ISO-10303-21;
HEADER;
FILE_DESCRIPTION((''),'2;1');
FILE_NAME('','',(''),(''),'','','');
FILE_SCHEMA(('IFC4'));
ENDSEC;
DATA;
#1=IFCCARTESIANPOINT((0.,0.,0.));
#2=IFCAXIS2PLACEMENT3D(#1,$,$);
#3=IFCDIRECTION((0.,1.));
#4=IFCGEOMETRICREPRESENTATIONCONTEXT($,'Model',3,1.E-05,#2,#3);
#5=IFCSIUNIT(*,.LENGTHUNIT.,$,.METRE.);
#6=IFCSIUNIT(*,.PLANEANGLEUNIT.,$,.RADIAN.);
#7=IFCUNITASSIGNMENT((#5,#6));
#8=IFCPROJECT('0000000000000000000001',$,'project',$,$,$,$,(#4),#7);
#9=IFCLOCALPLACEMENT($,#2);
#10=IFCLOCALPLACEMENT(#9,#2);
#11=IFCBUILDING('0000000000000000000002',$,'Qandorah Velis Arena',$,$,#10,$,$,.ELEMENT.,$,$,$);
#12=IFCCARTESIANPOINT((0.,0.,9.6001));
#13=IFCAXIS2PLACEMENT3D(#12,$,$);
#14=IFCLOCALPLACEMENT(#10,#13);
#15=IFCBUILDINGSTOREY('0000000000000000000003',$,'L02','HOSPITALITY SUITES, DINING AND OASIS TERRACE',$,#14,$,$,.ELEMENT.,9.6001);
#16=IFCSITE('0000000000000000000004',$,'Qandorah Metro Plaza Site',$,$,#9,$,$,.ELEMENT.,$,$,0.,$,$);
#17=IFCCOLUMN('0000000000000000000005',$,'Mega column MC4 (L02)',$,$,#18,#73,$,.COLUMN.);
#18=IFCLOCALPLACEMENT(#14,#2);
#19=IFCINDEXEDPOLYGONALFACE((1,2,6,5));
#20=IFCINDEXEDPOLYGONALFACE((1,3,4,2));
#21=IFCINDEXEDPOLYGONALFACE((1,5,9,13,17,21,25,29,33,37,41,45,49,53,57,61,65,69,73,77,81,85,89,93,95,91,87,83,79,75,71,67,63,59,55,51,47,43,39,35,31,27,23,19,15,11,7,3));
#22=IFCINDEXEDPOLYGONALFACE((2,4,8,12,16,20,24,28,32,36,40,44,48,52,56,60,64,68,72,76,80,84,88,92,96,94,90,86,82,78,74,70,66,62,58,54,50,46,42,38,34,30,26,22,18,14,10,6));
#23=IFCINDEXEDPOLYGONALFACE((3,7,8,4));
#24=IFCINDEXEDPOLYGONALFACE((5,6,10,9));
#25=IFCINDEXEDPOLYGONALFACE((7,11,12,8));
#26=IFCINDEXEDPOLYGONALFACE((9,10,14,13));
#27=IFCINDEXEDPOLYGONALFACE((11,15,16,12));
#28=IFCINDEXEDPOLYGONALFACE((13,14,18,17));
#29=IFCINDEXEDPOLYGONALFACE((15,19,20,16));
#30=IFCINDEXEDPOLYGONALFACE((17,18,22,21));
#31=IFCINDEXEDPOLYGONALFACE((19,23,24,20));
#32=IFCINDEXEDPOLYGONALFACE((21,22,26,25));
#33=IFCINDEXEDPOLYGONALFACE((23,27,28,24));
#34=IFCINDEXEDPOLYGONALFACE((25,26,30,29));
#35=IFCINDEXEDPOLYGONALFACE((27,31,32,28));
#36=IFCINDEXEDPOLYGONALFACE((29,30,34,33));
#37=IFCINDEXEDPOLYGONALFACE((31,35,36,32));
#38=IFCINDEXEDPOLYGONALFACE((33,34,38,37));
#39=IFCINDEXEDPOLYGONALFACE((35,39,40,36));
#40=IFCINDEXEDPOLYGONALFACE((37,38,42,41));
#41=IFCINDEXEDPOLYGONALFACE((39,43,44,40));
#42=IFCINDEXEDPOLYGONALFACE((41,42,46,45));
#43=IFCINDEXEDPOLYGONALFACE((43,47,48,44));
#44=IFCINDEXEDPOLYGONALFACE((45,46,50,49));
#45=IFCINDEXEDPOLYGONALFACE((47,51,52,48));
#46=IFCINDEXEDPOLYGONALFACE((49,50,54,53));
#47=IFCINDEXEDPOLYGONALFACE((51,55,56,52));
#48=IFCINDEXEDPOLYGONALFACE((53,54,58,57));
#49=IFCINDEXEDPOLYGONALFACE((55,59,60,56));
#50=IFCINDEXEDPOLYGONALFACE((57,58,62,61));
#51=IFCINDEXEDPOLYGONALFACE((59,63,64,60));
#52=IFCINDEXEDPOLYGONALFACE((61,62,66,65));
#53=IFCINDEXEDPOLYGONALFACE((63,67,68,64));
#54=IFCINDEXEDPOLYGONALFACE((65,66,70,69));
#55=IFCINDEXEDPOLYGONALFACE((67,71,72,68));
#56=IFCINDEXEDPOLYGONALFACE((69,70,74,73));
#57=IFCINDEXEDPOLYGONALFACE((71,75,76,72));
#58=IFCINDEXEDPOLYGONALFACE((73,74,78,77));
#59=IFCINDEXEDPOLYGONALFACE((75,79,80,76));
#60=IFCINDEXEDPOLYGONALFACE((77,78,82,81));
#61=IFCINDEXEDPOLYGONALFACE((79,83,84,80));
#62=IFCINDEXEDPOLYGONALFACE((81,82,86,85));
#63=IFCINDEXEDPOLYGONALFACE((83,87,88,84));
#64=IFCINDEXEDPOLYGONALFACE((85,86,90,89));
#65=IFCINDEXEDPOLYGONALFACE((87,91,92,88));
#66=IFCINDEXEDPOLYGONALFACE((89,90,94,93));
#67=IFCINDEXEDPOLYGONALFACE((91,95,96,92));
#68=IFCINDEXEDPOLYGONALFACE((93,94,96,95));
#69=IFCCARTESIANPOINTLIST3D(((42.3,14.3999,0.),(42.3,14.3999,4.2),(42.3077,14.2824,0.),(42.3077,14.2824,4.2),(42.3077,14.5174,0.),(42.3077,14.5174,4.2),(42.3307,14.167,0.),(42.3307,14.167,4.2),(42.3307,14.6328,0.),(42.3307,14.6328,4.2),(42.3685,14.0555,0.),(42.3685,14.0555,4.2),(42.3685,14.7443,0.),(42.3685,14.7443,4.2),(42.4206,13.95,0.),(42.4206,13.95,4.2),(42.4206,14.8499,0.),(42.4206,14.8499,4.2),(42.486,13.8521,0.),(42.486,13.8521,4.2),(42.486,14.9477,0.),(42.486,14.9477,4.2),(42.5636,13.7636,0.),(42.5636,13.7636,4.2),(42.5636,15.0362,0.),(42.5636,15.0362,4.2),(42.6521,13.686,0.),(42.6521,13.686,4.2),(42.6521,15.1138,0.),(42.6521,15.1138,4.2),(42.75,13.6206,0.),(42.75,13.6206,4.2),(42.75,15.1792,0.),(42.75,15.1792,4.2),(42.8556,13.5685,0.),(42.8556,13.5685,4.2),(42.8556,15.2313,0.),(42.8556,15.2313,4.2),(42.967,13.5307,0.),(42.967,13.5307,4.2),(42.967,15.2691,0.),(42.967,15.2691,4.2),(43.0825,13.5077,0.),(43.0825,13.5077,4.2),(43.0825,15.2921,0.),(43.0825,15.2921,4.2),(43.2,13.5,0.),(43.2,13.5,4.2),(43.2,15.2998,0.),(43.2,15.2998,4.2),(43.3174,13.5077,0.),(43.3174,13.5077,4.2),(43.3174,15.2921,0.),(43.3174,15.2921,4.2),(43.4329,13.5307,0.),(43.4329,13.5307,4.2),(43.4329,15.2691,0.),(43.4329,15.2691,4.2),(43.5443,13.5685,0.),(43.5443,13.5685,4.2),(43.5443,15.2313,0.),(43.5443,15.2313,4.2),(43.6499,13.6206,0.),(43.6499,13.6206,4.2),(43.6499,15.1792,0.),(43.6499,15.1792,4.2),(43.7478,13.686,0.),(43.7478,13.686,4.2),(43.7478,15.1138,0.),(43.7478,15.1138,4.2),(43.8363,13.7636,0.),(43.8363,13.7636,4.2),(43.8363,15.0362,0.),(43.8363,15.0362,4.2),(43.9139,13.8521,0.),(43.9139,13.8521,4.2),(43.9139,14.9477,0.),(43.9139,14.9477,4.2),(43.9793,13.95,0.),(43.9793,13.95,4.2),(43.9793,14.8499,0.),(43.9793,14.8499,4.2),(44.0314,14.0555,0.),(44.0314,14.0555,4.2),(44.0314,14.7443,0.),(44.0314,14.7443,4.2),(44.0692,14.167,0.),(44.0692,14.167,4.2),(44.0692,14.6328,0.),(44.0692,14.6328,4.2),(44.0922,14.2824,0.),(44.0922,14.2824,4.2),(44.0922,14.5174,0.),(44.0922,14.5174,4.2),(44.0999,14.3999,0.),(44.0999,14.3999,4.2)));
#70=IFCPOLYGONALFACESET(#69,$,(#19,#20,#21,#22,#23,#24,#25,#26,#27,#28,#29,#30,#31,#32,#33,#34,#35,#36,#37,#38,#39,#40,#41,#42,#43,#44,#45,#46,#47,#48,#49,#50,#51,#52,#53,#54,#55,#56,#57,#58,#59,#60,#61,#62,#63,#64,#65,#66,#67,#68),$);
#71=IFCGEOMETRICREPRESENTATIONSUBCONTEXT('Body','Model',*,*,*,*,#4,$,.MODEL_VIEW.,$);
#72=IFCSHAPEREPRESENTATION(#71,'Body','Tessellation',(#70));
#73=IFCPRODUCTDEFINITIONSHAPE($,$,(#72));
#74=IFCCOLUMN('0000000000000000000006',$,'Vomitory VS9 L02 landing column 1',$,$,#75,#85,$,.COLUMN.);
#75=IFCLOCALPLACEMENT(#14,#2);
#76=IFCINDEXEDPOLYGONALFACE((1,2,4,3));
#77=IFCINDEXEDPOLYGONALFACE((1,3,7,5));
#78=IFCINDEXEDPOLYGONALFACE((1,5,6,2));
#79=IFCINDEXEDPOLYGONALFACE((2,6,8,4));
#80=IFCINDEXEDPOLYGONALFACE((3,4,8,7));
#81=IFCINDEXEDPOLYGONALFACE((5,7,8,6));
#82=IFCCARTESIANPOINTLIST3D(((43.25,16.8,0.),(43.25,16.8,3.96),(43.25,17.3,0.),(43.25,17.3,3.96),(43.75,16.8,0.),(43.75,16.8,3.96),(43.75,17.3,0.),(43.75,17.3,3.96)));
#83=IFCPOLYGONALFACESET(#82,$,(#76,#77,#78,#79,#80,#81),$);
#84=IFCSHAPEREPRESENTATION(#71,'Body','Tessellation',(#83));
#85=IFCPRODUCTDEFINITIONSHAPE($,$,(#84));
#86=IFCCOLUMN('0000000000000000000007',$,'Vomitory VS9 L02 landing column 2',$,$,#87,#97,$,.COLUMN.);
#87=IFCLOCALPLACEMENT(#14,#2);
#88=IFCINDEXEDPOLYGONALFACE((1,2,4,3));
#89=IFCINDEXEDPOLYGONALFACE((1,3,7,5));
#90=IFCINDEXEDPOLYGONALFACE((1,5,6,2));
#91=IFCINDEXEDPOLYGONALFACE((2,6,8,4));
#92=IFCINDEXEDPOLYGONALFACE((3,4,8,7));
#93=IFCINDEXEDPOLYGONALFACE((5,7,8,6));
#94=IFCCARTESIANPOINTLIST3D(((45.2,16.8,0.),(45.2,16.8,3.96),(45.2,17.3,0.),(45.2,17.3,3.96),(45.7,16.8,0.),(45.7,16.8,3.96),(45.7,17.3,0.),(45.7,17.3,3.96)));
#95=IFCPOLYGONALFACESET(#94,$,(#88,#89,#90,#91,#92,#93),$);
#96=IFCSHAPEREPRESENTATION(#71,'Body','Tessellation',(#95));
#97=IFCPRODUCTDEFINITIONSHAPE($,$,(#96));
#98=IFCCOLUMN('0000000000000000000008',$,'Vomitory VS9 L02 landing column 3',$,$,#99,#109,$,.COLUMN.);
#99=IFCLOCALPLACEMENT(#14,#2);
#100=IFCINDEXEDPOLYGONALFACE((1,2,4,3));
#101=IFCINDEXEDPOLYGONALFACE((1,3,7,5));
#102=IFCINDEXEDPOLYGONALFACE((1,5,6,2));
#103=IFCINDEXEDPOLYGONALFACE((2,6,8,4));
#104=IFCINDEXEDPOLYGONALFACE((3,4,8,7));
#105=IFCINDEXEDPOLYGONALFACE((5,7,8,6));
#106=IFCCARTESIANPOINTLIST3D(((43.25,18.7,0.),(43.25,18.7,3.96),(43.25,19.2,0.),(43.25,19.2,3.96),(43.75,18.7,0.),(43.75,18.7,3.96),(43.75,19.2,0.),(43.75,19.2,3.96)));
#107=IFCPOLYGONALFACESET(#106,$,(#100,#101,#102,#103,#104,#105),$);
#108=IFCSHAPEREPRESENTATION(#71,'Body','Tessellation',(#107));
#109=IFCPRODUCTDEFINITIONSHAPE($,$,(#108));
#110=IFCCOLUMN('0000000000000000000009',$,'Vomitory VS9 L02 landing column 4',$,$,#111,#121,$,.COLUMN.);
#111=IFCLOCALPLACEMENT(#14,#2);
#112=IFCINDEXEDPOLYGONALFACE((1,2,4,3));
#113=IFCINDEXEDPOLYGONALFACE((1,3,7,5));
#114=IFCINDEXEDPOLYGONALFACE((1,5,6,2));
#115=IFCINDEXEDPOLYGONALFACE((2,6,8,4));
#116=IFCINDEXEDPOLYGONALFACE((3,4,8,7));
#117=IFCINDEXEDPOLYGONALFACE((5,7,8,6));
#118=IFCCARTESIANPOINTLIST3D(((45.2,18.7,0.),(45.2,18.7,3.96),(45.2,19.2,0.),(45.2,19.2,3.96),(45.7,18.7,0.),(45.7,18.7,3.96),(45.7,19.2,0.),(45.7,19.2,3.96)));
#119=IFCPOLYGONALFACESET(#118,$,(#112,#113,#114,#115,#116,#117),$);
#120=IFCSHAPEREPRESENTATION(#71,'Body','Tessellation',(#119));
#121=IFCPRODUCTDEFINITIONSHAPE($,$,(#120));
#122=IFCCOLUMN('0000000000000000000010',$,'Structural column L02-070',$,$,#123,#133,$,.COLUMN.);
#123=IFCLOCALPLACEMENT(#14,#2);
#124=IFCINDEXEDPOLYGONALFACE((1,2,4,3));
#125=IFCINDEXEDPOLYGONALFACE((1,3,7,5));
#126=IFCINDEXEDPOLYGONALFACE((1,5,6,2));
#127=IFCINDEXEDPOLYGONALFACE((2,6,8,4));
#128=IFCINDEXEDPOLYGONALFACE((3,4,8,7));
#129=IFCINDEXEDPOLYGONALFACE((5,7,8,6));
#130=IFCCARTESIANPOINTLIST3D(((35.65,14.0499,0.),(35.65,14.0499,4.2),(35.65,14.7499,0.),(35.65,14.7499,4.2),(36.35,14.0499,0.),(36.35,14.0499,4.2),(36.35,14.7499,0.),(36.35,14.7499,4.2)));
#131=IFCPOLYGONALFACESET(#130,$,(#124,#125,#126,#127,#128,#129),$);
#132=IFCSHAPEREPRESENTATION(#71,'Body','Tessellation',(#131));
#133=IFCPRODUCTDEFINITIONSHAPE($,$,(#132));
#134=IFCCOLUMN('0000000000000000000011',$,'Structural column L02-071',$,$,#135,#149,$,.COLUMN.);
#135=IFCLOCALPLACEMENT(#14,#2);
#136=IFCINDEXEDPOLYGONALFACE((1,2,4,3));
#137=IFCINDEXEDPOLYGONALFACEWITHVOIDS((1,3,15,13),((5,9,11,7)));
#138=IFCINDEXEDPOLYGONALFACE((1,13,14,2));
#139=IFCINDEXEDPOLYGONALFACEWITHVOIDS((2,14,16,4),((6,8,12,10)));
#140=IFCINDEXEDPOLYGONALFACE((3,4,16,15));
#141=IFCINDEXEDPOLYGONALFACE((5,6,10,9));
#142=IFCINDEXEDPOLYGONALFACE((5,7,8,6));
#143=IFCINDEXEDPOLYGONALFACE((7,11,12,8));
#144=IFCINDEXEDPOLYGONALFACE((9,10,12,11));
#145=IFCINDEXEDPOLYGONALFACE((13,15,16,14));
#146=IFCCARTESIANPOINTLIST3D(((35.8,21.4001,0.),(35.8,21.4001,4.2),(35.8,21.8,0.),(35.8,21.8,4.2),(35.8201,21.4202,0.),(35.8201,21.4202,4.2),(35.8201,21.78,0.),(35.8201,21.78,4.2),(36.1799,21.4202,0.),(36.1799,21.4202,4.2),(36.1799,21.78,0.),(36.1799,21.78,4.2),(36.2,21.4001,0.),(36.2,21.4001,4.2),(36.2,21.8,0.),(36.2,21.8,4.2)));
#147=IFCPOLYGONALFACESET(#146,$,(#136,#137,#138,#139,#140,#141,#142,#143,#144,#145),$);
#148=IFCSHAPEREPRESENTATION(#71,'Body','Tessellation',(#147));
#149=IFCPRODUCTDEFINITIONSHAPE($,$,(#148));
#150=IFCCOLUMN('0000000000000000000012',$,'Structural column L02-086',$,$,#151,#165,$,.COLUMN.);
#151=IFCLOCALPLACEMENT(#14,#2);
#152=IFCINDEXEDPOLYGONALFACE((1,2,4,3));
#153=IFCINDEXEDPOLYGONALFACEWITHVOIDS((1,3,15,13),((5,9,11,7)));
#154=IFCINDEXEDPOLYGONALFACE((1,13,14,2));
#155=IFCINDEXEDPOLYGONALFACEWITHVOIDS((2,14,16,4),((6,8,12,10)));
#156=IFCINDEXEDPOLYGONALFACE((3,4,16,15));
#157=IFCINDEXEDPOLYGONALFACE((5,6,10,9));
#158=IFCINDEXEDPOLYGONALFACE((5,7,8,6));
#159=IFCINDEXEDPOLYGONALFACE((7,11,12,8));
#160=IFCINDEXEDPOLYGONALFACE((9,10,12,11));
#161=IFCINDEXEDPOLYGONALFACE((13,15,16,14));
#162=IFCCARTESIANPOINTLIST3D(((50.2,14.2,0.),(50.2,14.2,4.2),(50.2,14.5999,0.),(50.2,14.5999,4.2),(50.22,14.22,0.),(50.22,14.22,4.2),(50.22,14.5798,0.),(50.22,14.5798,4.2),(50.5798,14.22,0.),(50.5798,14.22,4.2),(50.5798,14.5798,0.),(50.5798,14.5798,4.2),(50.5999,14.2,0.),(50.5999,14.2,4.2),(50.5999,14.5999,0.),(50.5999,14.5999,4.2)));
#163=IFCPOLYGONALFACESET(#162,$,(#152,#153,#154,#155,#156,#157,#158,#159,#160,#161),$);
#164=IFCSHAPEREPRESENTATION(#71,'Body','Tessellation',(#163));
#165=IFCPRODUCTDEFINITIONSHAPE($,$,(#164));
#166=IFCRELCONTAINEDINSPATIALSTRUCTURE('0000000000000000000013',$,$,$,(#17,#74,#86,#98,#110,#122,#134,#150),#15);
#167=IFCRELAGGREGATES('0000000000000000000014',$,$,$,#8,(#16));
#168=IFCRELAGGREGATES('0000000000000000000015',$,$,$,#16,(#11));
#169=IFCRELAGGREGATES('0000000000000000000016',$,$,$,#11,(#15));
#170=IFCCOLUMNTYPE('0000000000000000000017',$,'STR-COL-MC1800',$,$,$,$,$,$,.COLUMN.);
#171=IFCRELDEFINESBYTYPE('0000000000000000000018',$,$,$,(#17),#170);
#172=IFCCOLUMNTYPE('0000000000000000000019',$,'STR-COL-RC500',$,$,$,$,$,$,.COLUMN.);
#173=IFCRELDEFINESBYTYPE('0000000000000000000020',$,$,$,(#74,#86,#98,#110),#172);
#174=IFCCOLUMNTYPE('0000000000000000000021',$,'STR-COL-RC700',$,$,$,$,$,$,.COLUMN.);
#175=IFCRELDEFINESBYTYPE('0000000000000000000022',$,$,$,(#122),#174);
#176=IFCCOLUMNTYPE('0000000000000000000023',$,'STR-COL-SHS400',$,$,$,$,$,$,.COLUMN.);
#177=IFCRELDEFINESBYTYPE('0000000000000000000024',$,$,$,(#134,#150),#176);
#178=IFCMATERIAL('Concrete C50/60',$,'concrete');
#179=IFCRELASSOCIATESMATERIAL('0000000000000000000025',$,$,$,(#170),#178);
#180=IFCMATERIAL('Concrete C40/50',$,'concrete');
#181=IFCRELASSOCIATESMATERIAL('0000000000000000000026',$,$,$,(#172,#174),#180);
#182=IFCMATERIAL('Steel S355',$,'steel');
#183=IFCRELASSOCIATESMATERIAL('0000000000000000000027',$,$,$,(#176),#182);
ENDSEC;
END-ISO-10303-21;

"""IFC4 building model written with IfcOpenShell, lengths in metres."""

from ifc_helpers import new_model, si_unit, direction, frame, origin, origin_2d, place, context, subcontext, project, spatial, rectangle, hollow_rectangle, circle, extrude, material, material_profile, profile_set, type_object, element, save


model = new_model("IFC4")

# Units and contexts
model_context = context("Model", 3, precision=1e-05, world=origin(), true_north=direction((0.0, 1.0)))
body_context = subcontext(model_context, "Body", "Model", "MODEL_VIEW")
ifc_project = project(units=[si_unit("LENGTHUNIT", "METRE"), si_unit("PLANEANGLEUNIT", "RADIAN")], contexts=[model_context])

# Site, building, storey
site_placement = place(None, origin())
site = spatial("IfcSite", under=ifc_project, at=site_placement, Name="Qandorah Metro Plaza Site", CompositionType="ELEMENT", RefElevation=0.0)
building_placement = place(site_placement, origin())
building = spatial("IfcBuilding", under=site, at=building_placement, Name="Qandorah Velis Arena", CompositionType="ELEMENT")
storey_placement = place(building_placement, frame((0.0, 0.0, 9.6001)))
storey = spatial("IfcBuildingStorey", under=building, at=storey_placement, Name="L02", Description="HOSPITALITY SUITES, DINING AND OASIS TERRACE", CompositionType="ELEMENT", Elevation=9.6001)

# Columns
ifc_material_1 = material(Name="Concrete C50/60", Category="concrete")
ifc_material_profile_1 = material_profile(ifc_material_1, circle(Radius=0.8999, at=origin_2d()), Name="MC D1800")
ifc_profile_set_1 = profile_set([ifc_material_profile_1], Name="Concrete C50/60")
column_type_1 = type_object("IfcColumnType", Name="STR-COL-MC1800", PredefinedType="COLUMN", material=ifc_profile_set_1)
column_1_placement = place(storey_placement, frame((43.2, 14.3999, 0.0), z_axis=(0.0, 0.0, 1.0), x_axis=(1.0, 0.0, 0.0)))
element("IfcColumn", 1, at=column_1_placement, inside=storey, type_object=column_type_1, Name="Mega column MC4 (L02)", PredefinedType="COLUMN", context=body_context, shape_type="SweptSolid", body=[
    extrude(circle(Radius=0.8999, at=origin_2d()), origin(), (0.0, 0.0, 1.0), 4.2),
])
ifc_material_2 = material(Name="Concrete C40/50", Category="concrete")
ifc_material_profile_2 = material_profile(ifc_material_2, rectangle(XDim=0.5, YDim=0.5, at=origin_2d()), Name="RC COL 500x500")
ifc_profile_set_2 = profile_set([ifc_material_profile_2], Name="Concrete C40/50")
column_type_2 = type_object("IfcColumnType", Name="STR-COL-RC500", PredefinedType="COLUMN", material=ifc_profile_set_2)
for number, where, z_axis, x_axis, name in (
    (2, (43.5, 17.05, 0.0), (0.0, 0.0, 1.0), (1.0, 0.0, 0.0), "Vomitory VS9 L02 landing column 1"),
    (3, (45.45, 17.05, 0.0), (0.0, 0.0, 1.0), (1.0, 0.0, 0.0), "Vomitory VS9 L02 landing column 2"),
    (4, (43.5, 18.95, 0.0), (0.0, 0.0, 1.0), (1.0, 0.0, 0.0), "Vomitory VS9 L02 landing column 3"),
    (5, (45.45, 18.95, 0.0), (0.0, 0.0, 1.0), (1.0, 0.0, 0.0), "Vomitory VS9 L02 landing column 4"),
):
    element("IfcColumn", number, at=place(storey_placement, frame(where, z_axis=z_axis, x_axis=x_axis)), inside=storey, type_object=column_type_2, Name=name, PredefinedType="COLUMN", context=body_context, shape_type="SweptSolid", body=[
        extrude(rectangle(XDim=0.5, YDim=0.5, at=origin_2d()), origin(), (0.0, 0.0, 1.0), 3.96),
    ])
ifc_material_profile_3 = material_profile(ifc_material_2, rectangle(XDim=0.7, YDim=0.7, at=origin_2d()), Name="RC COL 700x700")
ifc_profile_set_3 = profile_set([ifc_material_profile_3], Name="Concrete C40/50")
column_type_3 = type_object("IfcColumnType", Name="STR-COL-RC700", PredefinedType="COLUMN", material=ifc_profile_set_3)
column_2_placement = place(storey_placement, frame((36.0, 14.3999, 0.0), z_axis=(0.0, 0.0, 1.0), x_axis=(1.0, 0.0, 0.0)))
element("IfcColumn", 6, at=column_2_placement, inside=storey, type_object=column_type_3, Name="Structural column L02-070", PredefinedType="COLUMN", context=body_context, shape_type="SweptSolid", body=[
    extrude(rectangle(XDim=0.7, YDim=0.7, at=origin_2d()), origin(), (0.0, 0.0, 1.0), 4.2),
])
ifc_material_3 = material(Name="Steel S355", Category="steel")
ifc_material_profile_4 = material_profile(ifc_material_3, hollow_rectangle(XDim=0.3999, YDim=0.3999, WallThickness=0.02, at=origin_2d()), Name="SHS 400x400x20")
ifc_profile_set_4 = profile_set([ifc_material_profile_4], Name="Steel S355")
column_type_4 = type_object("IfcColumnType", Name="STR-COL-SHS400", PredefinedType="COLUMN", material=ifc_profile_set_4)
for number, where, z_axis, x_axis, name in (
    (7, (36.0, 21.6001, 0.0), (0.0, 0.0, 1.0), (1.0, 0.0, 0.0), "Structural column L02-071"),
    (8, (50.3999, 14.3999, 0.0), (0.0, 0.0, 1.0), (1.0, 0.0, 0.0), "Structural column L02-086"),
):
    element("IfcColumn", number, at=place(storey_placement, frame(where, z_axis=z_axis, x_axis=x_axis)), inside=storey, type_object=column_type_4, Name=name, PredefinedType="COLUMN", context=body_context, shape_type="SweptSolid", body=[
        extrude(hollow_rectangle(XDim=0.3999, YDim=0.3999, WallThickness=0.02, at=origin_2d()), origin(), (0.0, 0.0, 1.0), 4.2),
    ])

save(model, "model.ifc")
